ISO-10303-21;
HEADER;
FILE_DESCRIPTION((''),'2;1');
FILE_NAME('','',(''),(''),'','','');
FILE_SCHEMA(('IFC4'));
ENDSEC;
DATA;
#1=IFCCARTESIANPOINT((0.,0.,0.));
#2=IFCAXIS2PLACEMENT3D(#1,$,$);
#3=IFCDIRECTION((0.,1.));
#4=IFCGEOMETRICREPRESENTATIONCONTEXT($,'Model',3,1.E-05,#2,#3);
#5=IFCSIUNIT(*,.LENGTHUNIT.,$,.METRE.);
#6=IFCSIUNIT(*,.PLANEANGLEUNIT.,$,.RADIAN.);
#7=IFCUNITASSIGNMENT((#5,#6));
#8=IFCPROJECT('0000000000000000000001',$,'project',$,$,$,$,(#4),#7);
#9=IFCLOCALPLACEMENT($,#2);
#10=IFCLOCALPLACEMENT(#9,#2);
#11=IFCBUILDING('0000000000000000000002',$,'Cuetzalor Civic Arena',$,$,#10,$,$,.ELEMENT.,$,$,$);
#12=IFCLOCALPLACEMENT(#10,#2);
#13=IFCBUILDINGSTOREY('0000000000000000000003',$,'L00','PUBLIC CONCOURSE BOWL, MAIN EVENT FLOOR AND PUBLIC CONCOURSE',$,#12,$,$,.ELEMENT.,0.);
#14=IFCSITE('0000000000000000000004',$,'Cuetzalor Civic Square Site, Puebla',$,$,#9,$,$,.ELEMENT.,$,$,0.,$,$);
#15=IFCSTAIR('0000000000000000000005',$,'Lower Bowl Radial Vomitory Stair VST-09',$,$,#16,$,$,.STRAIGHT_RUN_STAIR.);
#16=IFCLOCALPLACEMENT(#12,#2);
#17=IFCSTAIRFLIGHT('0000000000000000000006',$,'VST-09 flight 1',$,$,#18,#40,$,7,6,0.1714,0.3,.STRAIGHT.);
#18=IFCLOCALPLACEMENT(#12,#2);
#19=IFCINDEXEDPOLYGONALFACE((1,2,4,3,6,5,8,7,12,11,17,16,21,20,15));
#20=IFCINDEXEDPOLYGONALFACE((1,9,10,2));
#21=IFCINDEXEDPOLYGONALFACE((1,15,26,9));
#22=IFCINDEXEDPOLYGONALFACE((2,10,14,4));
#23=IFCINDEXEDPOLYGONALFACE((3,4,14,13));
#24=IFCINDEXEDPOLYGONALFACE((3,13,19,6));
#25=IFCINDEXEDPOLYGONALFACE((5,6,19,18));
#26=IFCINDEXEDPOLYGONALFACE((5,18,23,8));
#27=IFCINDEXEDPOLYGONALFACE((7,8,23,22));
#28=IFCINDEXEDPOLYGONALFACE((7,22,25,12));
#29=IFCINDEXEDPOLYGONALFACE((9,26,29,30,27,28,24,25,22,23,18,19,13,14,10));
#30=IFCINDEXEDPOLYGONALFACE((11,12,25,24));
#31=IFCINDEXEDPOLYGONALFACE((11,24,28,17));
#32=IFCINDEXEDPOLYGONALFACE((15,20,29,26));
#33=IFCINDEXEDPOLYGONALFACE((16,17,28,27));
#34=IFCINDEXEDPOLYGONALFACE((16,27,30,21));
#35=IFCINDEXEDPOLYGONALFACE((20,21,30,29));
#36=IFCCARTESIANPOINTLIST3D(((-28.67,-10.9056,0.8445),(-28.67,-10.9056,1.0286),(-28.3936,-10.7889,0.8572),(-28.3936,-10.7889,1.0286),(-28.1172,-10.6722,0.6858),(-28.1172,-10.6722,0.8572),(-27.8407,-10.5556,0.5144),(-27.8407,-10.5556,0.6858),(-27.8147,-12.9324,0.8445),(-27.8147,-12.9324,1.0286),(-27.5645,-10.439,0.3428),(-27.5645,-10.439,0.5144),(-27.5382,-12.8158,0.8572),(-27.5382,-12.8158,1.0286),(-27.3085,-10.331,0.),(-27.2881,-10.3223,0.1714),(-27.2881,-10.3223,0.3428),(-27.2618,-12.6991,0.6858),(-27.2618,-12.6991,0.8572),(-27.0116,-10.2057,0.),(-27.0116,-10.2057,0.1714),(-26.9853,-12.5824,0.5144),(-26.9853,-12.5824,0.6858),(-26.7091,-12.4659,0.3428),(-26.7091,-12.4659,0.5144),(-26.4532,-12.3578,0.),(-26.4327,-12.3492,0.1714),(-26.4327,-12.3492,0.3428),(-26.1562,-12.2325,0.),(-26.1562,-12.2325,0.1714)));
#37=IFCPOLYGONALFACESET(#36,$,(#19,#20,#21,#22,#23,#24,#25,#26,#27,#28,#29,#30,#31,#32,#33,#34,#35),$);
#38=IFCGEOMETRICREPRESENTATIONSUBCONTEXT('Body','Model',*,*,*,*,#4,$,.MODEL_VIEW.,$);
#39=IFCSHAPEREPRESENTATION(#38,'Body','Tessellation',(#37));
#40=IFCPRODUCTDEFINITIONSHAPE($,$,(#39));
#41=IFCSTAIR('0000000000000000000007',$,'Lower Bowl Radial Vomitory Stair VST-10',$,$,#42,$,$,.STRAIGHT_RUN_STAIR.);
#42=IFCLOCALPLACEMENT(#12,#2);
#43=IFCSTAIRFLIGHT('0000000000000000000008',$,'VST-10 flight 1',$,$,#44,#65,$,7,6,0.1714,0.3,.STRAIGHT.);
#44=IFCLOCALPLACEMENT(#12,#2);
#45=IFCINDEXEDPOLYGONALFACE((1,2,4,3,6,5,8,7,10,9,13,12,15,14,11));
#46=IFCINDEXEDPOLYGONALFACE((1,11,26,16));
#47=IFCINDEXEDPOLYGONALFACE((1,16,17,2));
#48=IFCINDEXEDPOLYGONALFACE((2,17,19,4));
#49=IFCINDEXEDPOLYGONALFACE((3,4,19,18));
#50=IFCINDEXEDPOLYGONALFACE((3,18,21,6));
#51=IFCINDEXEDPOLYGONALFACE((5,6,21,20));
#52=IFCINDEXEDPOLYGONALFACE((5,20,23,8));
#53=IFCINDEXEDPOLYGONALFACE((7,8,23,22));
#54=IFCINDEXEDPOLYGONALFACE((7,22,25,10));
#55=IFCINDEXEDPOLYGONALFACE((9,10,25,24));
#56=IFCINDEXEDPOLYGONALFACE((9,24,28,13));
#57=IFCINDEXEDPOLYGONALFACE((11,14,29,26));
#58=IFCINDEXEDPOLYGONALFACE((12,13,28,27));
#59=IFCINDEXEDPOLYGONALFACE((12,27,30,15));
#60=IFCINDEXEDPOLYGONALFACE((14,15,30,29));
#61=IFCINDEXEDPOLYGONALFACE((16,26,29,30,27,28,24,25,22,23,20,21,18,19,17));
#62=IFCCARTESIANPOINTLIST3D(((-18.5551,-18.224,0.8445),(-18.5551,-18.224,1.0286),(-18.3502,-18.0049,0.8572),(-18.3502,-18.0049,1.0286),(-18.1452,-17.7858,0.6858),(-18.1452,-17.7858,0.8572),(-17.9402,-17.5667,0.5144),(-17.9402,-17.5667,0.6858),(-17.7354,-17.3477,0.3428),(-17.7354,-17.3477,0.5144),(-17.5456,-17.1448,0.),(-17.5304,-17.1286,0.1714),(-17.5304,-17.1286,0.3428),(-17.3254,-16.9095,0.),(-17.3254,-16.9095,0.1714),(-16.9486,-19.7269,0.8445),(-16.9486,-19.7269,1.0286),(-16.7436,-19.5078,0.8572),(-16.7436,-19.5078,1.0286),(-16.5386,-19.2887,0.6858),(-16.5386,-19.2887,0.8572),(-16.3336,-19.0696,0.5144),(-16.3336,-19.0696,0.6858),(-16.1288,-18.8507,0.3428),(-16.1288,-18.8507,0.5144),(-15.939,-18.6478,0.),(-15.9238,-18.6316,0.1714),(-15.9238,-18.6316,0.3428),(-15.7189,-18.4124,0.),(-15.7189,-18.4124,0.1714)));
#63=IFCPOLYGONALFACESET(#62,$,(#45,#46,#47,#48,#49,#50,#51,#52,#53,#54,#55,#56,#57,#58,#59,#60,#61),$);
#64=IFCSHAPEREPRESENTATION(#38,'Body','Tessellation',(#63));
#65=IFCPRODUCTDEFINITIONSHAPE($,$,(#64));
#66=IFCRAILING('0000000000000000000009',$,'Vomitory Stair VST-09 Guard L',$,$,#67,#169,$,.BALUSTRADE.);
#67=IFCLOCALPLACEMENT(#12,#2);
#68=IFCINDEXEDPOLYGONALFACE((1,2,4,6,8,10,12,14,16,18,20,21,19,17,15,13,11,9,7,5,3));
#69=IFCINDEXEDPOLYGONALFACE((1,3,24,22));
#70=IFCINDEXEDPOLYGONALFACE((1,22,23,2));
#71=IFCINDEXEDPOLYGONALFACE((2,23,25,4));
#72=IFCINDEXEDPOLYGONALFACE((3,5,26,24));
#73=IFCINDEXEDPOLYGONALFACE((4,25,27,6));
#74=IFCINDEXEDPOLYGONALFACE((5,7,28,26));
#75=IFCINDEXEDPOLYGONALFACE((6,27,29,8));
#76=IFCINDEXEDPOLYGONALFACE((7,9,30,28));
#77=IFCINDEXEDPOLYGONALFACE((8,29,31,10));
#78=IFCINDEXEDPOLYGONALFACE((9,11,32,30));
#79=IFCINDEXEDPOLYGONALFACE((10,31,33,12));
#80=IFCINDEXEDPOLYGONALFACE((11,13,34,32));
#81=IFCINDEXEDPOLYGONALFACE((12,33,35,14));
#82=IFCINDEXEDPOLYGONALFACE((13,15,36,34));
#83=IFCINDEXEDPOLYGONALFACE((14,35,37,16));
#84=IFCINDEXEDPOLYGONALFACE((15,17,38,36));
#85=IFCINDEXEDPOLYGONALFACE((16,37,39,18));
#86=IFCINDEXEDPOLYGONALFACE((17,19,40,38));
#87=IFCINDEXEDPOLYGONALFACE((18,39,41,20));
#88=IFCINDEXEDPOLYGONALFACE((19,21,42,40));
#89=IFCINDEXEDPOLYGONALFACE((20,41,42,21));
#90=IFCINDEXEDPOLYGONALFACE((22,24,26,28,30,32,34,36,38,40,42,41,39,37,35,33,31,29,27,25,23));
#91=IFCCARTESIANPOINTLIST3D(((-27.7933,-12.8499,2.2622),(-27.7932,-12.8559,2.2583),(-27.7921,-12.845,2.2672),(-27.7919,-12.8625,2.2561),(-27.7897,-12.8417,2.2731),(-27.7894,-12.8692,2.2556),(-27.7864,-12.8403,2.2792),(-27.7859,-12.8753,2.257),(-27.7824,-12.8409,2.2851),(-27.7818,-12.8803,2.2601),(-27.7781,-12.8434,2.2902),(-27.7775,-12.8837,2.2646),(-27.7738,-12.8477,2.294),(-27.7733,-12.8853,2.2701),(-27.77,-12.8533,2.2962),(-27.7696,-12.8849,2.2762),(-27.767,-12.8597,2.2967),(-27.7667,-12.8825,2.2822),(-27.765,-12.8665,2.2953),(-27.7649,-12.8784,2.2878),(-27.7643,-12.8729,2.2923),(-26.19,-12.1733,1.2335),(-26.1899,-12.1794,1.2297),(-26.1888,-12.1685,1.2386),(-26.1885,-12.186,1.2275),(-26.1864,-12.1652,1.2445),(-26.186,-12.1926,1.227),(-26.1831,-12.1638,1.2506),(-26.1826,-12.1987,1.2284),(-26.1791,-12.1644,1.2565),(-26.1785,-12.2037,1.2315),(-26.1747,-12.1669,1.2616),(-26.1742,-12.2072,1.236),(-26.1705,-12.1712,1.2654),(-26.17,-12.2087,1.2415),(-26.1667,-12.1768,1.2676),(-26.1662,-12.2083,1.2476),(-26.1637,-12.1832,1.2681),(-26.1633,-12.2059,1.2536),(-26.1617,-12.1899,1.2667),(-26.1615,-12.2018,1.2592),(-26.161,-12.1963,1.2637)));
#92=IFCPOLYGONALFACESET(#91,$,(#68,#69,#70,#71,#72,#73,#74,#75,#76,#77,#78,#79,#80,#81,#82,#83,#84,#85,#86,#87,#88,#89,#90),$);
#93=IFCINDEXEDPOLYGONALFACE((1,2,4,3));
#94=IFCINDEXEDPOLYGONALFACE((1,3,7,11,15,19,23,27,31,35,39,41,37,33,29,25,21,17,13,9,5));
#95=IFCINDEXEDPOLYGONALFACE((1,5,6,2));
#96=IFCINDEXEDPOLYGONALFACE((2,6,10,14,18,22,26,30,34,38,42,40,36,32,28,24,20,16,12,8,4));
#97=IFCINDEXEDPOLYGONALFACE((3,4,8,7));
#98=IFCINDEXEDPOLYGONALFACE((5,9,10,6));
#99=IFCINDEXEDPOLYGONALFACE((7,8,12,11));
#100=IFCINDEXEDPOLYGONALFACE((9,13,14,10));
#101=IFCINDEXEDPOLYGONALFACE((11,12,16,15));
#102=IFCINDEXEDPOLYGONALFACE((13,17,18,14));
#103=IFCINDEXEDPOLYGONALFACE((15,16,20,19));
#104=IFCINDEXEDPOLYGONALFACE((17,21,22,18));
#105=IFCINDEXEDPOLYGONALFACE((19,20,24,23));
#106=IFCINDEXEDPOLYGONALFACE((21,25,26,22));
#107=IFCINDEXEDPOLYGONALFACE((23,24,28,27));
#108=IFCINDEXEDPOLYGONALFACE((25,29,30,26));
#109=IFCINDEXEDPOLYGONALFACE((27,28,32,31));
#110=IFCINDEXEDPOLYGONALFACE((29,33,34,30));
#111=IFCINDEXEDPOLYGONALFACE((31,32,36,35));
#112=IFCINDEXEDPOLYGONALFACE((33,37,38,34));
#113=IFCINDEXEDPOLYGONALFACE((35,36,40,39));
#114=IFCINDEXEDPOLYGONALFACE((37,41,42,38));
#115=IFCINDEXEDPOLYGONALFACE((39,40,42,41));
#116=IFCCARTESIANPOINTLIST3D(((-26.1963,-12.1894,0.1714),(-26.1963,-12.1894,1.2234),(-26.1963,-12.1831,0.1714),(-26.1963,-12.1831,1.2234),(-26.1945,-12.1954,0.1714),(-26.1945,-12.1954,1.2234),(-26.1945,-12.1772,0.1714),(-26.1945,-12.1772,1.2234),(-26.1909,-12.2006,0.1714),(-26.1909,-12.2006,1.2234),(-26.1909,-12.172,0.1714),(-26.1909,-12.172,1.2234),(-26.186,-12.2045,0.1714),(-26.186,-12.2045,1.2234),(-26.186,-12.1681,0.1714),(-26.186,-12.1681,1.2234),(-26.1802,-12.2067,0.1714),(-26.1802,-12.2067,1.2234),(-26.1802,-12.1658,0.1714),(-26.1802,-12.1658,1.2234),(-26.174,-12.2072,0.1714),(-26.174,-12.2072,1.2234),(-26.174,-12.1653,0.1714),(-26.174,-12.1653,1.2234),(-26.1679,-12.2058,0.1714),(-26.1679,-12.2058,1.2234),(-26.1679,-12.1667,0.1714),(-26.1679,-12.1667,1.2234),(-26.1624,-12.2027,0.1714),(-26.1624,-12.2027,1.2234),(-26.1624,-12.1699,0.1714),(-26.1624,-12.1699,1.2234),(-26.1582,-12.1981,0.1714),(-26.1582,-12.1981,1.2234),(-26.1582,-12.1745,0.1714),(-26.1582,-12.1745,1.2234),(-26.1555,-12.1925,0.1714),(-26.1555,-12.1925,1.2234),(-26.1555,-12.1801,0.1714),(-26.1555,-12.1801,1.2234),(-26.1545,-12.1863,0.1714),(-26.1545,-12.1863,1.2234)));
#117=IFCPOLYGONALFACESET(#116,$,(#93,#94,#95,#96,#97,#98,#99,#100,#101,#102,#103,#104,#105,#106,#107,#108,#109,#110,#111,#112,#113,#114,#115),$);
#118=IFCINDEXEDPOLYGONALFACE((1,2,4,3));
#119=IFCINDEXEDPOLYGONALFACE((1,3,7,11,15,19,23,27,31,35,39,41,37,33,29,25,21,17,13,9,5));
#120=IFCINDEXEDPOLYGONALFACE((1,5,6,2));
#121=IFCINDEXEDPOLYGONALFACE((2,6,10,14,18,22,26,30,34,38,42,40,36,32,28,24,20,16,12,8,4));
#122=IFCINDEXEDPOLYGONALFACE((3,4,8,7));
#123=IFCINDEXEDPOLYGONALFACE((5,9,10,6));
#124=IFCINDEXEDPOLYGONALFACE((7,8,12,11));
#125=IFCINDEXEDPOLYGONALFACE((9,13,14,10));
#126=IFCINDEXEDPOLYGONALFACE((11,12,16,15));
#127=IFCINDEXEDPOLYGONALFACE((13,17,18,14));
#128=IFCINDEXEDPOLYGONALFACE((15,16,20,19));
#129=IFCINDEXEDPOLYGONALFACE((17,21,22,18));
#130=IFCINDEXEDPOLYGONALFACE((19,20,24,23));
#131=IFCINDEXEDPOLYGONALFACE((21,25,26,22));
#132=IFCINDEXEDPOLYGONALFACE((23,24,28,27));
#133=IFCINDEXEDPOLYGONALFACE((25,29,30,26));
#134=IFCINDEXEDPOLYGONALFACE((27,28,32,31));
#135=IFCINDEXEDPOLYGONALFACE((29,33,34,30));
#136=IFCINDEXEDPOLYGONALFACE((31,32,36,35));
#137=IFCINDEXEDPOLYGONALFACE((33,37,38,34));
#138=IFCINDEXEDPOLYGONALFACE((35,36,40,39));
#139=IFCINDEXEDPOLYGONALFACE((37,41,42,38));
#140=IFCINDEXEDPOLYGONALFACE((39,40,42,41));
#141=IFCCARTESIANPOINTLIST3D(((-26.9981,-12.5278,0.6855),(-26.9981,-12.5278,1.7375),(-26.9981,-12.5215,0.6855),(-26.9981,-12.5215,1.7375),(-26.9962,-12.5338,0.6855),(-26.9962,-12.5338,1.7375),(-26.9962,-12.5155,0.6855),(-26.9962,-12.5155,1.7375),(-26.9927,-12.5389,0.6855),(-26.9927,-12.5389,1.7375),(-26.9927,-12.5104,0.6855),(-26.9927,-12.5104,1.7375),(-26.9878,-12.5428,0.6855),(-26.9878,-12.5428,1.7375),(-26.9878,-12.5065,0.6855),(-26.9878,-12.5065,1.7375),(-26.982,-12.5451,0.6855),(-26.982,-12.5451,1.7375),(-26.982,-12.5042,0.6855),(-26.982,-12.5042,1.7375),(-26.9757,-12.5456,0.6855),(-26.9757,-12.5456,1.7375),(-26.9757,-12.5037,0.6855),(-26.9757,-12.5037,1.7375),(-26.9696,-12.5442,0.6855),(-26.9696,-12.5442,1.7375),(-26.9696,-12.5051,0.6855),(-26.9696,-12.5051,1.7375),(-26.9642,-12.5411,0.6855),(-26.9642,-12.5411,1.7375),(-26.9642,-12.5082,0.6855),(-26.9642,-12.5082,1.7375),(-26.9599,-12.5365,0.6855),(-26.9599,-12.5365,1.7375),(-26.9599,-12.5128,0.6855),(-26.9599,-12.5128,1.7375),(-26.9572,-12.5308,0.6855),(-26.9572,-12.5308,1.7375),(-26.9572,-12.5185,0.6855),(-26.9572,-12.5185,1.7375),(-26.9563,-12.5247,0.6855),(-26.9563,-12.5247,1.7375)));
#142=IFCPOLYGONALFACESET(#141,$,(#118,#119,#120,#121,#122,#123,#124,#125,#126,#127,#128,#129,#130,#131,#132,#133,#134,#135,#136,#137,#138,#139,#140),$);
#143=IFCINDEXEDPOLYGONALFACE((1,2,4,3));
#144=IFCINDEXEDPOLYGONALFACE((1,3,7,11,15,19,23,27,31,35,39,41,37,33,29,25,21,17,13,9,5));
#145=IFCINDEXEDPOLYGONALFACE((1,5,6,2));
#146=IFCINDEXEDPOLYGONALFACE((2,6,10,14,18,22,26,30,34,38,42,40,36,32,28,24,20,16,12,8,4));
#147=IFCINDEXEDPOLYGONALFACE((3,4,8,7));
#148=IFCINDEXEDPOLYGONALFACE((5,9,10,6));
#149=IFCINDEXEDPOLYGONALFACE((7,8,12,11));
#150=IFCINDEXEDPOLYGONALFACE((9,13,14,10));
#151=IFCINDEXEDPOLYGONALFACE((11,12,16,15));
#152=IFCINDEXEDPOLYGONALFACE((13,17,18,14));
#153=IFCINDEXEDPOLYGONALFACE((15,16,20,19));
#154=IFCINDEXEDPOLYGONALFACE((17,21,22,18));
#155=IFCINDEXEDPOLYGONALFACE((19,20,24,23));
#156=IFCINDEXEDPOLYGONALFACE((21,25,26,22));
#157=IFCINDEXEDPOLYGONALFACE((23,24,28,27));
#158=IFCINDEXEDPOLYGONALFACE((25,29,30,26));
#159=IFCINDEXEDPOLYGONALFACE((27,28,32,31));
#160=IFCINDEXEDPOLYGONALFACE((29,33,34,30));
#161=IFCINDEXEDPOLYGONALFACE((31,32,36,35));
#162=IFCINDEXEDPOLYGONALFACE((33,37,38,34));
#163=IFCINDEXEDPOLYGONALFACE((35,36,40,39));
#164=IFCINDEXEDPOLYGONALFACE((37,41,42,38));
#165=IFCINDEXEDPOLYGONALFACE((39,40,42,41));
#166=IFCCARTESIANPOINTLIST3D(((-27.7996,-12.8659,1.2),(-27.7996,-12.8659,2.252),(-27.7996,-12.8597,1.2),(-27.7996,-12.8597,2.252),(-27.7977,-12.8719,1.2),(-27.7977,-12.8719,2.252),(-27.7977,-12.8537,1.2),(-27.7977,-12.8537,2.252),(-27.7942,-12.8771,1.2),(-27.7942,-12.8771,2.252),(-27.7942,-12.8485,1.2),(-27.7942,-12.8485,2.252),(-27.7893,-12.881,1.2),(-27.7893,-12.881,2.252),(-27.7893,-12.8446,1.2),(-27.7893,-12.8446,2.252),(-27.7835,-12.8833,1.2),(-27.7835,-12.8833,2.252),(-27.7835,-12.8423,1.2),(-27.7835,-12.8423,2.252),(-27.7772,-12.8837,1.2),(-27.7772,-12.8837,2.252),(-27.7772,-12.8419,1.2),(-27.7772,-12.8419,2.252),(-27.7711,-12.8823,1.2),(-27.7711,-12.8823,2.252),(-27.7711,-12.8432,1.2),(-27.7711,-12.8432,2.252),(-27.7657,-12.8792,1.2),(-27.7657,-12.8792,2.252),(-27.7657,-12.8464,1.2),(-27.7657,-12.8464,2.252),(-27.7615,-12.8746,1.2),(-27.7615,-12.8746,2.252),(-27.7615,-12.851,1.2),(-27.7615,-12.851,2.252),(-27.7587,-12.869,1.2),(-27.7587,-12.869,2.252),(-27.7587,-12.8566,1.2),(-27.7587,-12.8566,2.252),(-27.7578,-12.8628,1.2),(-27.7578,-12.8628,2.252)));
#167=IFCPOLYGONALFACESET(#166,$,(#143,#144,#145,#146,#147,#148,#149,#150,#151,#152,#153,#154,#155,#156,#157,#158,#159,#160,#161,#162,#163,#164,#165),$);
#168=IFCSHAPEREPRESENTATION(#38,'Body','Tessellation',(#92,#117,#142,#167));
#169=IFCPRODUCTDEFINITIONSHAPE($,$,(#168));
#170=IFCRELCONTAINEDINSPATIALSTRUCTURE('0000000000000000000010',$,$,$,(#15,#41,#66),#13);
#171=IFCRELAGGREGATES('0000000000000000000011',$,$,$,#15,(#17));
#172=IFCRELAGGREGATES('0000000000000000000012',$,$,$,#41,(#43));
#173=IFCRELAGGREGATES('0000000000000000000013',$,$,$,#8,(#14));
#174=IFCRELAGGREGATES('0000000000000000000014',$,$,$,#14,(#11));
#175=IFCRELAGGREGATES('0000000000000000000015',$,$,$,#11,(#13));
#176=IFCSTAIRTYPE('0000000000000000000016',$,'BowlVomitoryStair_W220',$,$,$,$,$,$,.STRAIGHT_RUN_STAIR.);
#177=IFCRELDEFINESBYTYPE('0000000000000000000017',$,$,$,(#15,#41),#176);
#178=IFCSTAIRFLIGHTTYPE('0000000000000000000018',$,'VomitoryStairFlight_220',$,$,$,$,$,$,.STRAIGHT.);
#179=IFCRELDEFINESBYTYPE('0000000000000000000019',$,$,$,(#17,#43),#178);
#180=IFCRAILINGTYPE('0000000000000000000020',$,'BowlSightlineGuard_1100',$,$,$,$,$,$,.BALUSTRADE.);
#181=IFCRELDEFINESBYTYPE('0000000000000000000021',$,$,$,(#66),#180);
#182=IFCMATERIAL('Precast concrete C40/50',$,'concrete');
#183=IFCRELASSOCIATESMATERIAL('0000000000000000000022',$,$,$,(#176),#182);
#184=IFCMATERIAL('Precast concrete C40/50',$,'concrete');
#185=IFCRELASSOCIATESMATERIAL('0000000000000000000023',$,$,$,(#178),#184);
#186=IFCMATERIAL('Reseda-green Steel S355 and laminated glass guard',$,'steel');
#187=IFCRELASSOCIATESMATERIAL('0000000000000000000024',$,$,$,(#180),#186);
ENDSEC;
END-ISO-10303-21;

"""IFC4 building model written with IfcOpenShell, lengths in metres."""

from ifc_helpers import new_model, si_unit, direction, frame, origin, origin_2d, place, context, subcontext, project, spatial, polyline, circle, outline, extrude, material, type_object, element, aggregate, save


model = new_model("IFC4")

# Units and contexts
model_context = context("Model", 3, precision=1e-05, world=origin(), true_north=direction((0.0, 1.0)))
body_context = subcontext(model_context, "Body", "Model", "MODEL_VIEW")
ifc_project = project(units=[si_unit("LENGTHUNIT", "METRE"), si_unit("PLANEANGLEUNIT", "RADIAN")], contexts=[model_context])

# Site, building, storey
site_placement = place(None, origin())
site = spatial("IfcSite", under=ifc_project, at=site_placement, Name="Cuetzalor Civic Square Site, Puebla", CompositionType="ELEMENT", RefElevation=0.0)
building_placement = place(site_placement, origin())
building = spatial("IfcBuilding", under=site, at=building_placement, Name="Cuetzalor Civic Arena", CompositionType="ELEMENT")
storey_placement = place(building_placement, origin())
storey = spatial("IfcBuildingStorey", under=building, at=storey_placement, Name="L00", Description="PUBLIC CONCOURSE BOWL, MAIN EVENT FLOOR AND PUBLIC CONCOURSE", CompositionType="ELEMENT", Elevation=0.0)

# Stairs, stair flights
ifc_material_1 = material(Name="Precast concrete C40/50", Category="concrete")
stair_type = type_object("IfcStairType", Name="BowlVomitoryStair_W220", PredefinedType="STRAIGHT_RUN_STAIR", material=ifc_material_1)
stair_1_placement = place(storey_placement, origin())
stair_1 = element("IfcStair", 1, at=stair_1_placement, inside=storey, type_object=stair_type, Name="Lower Bowl Radial Vomitory Stair VST-09", PredefinedType="STRAIGHT_RUN_STAIR")
ifc_material_2 = material(Name="Precast concrete C40/50", Category="concrete")
stair_flight_type = type_object("IfcStairFlightType", Name="VomitoryStairFlight_220", PredefinedType="STRAIGHT", material=ifc_material_2)
stair_flight_1_placement = place(storey_placement, frame((-26.584, -11.219, 0.0), z_axis=(0.0, 0.0, 1.0), x_axis=(-0.921314, -0.388818, 0.0)))
stair_flight_1 = element("IfcStairFlight", 2, at=stair_flight_1_placement, type_object=stair_flight_type, Name="VST-09 flight 1", NumberOfRisers=7, NumberOfTreads=6, PredefinedType="STRAIGHT", RiserHeight=0.1714, TreadLength=0.3, context=body_context, shape_type="SweptSolid", body=[
    extrude(outline(polyline([(0.0, 0.0), (0.0, 0.1714), (0.3, 0.1714), (0.3, 0.3428), (0.6001, 0.3428), (0.6001, 0.5144), (0.8999, 0.5144), (0.8999, 0.6858), (1.2, 0.6858), (1.2, 0.8572), (1.5, 0.8572), (1.5, 1.0286), (1.8, 1.0286), (1.8, 1.2), (1.8, 0.8445), (0.3223, 0.0), (0.0, 0.0)])), frame((0.0, 1.1001, 0.0), z_axis=(0.0, -1.0, 0.0), x_axis=(1.0, 0.0, 0.0)), (0.0, 0.0, 1.0), 2.2),
])
aggregate(stair_1, [stair_flight_1])
stair_2_placement = place(storey_placement, origin())
stair_2 = element("IfcStair", 3, at=stair_2_placement, inside=storey, type_object=stair_type, Name="Lower Bowl Radial Vomitory Stair VST-10", PredefinedType="STRAIGHT_RUN_STAIR")
stair_flight_2_placement = place(storey_placement, frame((-16.5222, -17.6609, 0.0), z_axis=(0.0, 0.0, 1.0), x_axis=(-0.683172, -0.730258, 0.0)))
stair_flight_2 = element("IfcStairFlight", 4, at=stair_flight_2_placement, type_object=stair_flight_type, Name="VST-10 flight 1", NumberOfRisers=7, NumberOfTreads=6, PredefinedType="STRAIGHT", RiserHeight=0.1714, TreadLength=0.3, context=body_context, shape_type="SweptSolid", body=[
    extrude(outline(polyline([(0.0, 0.0), (0.0, 0.1714), (0.3, 0.1714), (0.3, 0.3428), (0.6001, 0.3428), (0.6001, 0.5144), (0.8999, 0.5144), (0.8999, 0.6858), (1.2, 0.6858), (1.2, 0.8572), (1.5, 0.8572), (1.5, 1.0286), (1.8, 1.0286), (1.8, 1.2), (1.8, 0.8445), (0.3223, 0.0), (0.0, 0.0)])), frame((0.0, 1.1001, 0.0), z_axis=(0.0, -1.0, 0.0), x_axis=(1.0, 0.0, 0.0)), (0.0, 0.0, 1.0), 2.2),
])
aggregate(stair_2, [stair_flight_2])

# Railing
ifc_material_3 = material(Name="Reseda-green Steel S355 and laminated glass guard", Category="steel")
railing_type_1 = type_object("IfcRailingType", Name="BowlSightlineGuard_1100", PredefinedType="BALUSTRADE", material=ifc_material_3)
railing_1_placement = place(storey_placement, frame((-26.1755, -12.1863, 0.1714)))
element("IfcRailing", 5, at=railing_1_placement, inside=storey, type_object=railing_type_1, Name="Vomitory Stair VST-09 Guard L", PredefinedType="BALUSTRADE", context=body_context, shape_type="SweptSolid", body=[
    extrude(circle(Radius=0.0239, at=origin_2d()), frame((0.0, 0.0, 1.0762), z_axis=(-0.793145, -0.334674, 0.508835), x_axis=(0.388766, -0.921337, 0.0)), (0.0, 0.0, 1.0), 2.0215),
    extrude(circle(Radius=0.021, at=origin_2d()), origin(), (0.0, 0.0, 1.0), 1.052),
    extrude(circle(Radius=0.021, at=origin_2d()), frame((-0.8018, -0.3384, 0.5142)), (0.0, 0.0, 1.0), 1.052),
    extrude(circle(Radius=0.021, at=origin_2d()), frame((-1.6033, -0.6765, 1.0286)), (0.0, 0.0, 1.0), 1.052),
])

save(model, "model.ifc")
